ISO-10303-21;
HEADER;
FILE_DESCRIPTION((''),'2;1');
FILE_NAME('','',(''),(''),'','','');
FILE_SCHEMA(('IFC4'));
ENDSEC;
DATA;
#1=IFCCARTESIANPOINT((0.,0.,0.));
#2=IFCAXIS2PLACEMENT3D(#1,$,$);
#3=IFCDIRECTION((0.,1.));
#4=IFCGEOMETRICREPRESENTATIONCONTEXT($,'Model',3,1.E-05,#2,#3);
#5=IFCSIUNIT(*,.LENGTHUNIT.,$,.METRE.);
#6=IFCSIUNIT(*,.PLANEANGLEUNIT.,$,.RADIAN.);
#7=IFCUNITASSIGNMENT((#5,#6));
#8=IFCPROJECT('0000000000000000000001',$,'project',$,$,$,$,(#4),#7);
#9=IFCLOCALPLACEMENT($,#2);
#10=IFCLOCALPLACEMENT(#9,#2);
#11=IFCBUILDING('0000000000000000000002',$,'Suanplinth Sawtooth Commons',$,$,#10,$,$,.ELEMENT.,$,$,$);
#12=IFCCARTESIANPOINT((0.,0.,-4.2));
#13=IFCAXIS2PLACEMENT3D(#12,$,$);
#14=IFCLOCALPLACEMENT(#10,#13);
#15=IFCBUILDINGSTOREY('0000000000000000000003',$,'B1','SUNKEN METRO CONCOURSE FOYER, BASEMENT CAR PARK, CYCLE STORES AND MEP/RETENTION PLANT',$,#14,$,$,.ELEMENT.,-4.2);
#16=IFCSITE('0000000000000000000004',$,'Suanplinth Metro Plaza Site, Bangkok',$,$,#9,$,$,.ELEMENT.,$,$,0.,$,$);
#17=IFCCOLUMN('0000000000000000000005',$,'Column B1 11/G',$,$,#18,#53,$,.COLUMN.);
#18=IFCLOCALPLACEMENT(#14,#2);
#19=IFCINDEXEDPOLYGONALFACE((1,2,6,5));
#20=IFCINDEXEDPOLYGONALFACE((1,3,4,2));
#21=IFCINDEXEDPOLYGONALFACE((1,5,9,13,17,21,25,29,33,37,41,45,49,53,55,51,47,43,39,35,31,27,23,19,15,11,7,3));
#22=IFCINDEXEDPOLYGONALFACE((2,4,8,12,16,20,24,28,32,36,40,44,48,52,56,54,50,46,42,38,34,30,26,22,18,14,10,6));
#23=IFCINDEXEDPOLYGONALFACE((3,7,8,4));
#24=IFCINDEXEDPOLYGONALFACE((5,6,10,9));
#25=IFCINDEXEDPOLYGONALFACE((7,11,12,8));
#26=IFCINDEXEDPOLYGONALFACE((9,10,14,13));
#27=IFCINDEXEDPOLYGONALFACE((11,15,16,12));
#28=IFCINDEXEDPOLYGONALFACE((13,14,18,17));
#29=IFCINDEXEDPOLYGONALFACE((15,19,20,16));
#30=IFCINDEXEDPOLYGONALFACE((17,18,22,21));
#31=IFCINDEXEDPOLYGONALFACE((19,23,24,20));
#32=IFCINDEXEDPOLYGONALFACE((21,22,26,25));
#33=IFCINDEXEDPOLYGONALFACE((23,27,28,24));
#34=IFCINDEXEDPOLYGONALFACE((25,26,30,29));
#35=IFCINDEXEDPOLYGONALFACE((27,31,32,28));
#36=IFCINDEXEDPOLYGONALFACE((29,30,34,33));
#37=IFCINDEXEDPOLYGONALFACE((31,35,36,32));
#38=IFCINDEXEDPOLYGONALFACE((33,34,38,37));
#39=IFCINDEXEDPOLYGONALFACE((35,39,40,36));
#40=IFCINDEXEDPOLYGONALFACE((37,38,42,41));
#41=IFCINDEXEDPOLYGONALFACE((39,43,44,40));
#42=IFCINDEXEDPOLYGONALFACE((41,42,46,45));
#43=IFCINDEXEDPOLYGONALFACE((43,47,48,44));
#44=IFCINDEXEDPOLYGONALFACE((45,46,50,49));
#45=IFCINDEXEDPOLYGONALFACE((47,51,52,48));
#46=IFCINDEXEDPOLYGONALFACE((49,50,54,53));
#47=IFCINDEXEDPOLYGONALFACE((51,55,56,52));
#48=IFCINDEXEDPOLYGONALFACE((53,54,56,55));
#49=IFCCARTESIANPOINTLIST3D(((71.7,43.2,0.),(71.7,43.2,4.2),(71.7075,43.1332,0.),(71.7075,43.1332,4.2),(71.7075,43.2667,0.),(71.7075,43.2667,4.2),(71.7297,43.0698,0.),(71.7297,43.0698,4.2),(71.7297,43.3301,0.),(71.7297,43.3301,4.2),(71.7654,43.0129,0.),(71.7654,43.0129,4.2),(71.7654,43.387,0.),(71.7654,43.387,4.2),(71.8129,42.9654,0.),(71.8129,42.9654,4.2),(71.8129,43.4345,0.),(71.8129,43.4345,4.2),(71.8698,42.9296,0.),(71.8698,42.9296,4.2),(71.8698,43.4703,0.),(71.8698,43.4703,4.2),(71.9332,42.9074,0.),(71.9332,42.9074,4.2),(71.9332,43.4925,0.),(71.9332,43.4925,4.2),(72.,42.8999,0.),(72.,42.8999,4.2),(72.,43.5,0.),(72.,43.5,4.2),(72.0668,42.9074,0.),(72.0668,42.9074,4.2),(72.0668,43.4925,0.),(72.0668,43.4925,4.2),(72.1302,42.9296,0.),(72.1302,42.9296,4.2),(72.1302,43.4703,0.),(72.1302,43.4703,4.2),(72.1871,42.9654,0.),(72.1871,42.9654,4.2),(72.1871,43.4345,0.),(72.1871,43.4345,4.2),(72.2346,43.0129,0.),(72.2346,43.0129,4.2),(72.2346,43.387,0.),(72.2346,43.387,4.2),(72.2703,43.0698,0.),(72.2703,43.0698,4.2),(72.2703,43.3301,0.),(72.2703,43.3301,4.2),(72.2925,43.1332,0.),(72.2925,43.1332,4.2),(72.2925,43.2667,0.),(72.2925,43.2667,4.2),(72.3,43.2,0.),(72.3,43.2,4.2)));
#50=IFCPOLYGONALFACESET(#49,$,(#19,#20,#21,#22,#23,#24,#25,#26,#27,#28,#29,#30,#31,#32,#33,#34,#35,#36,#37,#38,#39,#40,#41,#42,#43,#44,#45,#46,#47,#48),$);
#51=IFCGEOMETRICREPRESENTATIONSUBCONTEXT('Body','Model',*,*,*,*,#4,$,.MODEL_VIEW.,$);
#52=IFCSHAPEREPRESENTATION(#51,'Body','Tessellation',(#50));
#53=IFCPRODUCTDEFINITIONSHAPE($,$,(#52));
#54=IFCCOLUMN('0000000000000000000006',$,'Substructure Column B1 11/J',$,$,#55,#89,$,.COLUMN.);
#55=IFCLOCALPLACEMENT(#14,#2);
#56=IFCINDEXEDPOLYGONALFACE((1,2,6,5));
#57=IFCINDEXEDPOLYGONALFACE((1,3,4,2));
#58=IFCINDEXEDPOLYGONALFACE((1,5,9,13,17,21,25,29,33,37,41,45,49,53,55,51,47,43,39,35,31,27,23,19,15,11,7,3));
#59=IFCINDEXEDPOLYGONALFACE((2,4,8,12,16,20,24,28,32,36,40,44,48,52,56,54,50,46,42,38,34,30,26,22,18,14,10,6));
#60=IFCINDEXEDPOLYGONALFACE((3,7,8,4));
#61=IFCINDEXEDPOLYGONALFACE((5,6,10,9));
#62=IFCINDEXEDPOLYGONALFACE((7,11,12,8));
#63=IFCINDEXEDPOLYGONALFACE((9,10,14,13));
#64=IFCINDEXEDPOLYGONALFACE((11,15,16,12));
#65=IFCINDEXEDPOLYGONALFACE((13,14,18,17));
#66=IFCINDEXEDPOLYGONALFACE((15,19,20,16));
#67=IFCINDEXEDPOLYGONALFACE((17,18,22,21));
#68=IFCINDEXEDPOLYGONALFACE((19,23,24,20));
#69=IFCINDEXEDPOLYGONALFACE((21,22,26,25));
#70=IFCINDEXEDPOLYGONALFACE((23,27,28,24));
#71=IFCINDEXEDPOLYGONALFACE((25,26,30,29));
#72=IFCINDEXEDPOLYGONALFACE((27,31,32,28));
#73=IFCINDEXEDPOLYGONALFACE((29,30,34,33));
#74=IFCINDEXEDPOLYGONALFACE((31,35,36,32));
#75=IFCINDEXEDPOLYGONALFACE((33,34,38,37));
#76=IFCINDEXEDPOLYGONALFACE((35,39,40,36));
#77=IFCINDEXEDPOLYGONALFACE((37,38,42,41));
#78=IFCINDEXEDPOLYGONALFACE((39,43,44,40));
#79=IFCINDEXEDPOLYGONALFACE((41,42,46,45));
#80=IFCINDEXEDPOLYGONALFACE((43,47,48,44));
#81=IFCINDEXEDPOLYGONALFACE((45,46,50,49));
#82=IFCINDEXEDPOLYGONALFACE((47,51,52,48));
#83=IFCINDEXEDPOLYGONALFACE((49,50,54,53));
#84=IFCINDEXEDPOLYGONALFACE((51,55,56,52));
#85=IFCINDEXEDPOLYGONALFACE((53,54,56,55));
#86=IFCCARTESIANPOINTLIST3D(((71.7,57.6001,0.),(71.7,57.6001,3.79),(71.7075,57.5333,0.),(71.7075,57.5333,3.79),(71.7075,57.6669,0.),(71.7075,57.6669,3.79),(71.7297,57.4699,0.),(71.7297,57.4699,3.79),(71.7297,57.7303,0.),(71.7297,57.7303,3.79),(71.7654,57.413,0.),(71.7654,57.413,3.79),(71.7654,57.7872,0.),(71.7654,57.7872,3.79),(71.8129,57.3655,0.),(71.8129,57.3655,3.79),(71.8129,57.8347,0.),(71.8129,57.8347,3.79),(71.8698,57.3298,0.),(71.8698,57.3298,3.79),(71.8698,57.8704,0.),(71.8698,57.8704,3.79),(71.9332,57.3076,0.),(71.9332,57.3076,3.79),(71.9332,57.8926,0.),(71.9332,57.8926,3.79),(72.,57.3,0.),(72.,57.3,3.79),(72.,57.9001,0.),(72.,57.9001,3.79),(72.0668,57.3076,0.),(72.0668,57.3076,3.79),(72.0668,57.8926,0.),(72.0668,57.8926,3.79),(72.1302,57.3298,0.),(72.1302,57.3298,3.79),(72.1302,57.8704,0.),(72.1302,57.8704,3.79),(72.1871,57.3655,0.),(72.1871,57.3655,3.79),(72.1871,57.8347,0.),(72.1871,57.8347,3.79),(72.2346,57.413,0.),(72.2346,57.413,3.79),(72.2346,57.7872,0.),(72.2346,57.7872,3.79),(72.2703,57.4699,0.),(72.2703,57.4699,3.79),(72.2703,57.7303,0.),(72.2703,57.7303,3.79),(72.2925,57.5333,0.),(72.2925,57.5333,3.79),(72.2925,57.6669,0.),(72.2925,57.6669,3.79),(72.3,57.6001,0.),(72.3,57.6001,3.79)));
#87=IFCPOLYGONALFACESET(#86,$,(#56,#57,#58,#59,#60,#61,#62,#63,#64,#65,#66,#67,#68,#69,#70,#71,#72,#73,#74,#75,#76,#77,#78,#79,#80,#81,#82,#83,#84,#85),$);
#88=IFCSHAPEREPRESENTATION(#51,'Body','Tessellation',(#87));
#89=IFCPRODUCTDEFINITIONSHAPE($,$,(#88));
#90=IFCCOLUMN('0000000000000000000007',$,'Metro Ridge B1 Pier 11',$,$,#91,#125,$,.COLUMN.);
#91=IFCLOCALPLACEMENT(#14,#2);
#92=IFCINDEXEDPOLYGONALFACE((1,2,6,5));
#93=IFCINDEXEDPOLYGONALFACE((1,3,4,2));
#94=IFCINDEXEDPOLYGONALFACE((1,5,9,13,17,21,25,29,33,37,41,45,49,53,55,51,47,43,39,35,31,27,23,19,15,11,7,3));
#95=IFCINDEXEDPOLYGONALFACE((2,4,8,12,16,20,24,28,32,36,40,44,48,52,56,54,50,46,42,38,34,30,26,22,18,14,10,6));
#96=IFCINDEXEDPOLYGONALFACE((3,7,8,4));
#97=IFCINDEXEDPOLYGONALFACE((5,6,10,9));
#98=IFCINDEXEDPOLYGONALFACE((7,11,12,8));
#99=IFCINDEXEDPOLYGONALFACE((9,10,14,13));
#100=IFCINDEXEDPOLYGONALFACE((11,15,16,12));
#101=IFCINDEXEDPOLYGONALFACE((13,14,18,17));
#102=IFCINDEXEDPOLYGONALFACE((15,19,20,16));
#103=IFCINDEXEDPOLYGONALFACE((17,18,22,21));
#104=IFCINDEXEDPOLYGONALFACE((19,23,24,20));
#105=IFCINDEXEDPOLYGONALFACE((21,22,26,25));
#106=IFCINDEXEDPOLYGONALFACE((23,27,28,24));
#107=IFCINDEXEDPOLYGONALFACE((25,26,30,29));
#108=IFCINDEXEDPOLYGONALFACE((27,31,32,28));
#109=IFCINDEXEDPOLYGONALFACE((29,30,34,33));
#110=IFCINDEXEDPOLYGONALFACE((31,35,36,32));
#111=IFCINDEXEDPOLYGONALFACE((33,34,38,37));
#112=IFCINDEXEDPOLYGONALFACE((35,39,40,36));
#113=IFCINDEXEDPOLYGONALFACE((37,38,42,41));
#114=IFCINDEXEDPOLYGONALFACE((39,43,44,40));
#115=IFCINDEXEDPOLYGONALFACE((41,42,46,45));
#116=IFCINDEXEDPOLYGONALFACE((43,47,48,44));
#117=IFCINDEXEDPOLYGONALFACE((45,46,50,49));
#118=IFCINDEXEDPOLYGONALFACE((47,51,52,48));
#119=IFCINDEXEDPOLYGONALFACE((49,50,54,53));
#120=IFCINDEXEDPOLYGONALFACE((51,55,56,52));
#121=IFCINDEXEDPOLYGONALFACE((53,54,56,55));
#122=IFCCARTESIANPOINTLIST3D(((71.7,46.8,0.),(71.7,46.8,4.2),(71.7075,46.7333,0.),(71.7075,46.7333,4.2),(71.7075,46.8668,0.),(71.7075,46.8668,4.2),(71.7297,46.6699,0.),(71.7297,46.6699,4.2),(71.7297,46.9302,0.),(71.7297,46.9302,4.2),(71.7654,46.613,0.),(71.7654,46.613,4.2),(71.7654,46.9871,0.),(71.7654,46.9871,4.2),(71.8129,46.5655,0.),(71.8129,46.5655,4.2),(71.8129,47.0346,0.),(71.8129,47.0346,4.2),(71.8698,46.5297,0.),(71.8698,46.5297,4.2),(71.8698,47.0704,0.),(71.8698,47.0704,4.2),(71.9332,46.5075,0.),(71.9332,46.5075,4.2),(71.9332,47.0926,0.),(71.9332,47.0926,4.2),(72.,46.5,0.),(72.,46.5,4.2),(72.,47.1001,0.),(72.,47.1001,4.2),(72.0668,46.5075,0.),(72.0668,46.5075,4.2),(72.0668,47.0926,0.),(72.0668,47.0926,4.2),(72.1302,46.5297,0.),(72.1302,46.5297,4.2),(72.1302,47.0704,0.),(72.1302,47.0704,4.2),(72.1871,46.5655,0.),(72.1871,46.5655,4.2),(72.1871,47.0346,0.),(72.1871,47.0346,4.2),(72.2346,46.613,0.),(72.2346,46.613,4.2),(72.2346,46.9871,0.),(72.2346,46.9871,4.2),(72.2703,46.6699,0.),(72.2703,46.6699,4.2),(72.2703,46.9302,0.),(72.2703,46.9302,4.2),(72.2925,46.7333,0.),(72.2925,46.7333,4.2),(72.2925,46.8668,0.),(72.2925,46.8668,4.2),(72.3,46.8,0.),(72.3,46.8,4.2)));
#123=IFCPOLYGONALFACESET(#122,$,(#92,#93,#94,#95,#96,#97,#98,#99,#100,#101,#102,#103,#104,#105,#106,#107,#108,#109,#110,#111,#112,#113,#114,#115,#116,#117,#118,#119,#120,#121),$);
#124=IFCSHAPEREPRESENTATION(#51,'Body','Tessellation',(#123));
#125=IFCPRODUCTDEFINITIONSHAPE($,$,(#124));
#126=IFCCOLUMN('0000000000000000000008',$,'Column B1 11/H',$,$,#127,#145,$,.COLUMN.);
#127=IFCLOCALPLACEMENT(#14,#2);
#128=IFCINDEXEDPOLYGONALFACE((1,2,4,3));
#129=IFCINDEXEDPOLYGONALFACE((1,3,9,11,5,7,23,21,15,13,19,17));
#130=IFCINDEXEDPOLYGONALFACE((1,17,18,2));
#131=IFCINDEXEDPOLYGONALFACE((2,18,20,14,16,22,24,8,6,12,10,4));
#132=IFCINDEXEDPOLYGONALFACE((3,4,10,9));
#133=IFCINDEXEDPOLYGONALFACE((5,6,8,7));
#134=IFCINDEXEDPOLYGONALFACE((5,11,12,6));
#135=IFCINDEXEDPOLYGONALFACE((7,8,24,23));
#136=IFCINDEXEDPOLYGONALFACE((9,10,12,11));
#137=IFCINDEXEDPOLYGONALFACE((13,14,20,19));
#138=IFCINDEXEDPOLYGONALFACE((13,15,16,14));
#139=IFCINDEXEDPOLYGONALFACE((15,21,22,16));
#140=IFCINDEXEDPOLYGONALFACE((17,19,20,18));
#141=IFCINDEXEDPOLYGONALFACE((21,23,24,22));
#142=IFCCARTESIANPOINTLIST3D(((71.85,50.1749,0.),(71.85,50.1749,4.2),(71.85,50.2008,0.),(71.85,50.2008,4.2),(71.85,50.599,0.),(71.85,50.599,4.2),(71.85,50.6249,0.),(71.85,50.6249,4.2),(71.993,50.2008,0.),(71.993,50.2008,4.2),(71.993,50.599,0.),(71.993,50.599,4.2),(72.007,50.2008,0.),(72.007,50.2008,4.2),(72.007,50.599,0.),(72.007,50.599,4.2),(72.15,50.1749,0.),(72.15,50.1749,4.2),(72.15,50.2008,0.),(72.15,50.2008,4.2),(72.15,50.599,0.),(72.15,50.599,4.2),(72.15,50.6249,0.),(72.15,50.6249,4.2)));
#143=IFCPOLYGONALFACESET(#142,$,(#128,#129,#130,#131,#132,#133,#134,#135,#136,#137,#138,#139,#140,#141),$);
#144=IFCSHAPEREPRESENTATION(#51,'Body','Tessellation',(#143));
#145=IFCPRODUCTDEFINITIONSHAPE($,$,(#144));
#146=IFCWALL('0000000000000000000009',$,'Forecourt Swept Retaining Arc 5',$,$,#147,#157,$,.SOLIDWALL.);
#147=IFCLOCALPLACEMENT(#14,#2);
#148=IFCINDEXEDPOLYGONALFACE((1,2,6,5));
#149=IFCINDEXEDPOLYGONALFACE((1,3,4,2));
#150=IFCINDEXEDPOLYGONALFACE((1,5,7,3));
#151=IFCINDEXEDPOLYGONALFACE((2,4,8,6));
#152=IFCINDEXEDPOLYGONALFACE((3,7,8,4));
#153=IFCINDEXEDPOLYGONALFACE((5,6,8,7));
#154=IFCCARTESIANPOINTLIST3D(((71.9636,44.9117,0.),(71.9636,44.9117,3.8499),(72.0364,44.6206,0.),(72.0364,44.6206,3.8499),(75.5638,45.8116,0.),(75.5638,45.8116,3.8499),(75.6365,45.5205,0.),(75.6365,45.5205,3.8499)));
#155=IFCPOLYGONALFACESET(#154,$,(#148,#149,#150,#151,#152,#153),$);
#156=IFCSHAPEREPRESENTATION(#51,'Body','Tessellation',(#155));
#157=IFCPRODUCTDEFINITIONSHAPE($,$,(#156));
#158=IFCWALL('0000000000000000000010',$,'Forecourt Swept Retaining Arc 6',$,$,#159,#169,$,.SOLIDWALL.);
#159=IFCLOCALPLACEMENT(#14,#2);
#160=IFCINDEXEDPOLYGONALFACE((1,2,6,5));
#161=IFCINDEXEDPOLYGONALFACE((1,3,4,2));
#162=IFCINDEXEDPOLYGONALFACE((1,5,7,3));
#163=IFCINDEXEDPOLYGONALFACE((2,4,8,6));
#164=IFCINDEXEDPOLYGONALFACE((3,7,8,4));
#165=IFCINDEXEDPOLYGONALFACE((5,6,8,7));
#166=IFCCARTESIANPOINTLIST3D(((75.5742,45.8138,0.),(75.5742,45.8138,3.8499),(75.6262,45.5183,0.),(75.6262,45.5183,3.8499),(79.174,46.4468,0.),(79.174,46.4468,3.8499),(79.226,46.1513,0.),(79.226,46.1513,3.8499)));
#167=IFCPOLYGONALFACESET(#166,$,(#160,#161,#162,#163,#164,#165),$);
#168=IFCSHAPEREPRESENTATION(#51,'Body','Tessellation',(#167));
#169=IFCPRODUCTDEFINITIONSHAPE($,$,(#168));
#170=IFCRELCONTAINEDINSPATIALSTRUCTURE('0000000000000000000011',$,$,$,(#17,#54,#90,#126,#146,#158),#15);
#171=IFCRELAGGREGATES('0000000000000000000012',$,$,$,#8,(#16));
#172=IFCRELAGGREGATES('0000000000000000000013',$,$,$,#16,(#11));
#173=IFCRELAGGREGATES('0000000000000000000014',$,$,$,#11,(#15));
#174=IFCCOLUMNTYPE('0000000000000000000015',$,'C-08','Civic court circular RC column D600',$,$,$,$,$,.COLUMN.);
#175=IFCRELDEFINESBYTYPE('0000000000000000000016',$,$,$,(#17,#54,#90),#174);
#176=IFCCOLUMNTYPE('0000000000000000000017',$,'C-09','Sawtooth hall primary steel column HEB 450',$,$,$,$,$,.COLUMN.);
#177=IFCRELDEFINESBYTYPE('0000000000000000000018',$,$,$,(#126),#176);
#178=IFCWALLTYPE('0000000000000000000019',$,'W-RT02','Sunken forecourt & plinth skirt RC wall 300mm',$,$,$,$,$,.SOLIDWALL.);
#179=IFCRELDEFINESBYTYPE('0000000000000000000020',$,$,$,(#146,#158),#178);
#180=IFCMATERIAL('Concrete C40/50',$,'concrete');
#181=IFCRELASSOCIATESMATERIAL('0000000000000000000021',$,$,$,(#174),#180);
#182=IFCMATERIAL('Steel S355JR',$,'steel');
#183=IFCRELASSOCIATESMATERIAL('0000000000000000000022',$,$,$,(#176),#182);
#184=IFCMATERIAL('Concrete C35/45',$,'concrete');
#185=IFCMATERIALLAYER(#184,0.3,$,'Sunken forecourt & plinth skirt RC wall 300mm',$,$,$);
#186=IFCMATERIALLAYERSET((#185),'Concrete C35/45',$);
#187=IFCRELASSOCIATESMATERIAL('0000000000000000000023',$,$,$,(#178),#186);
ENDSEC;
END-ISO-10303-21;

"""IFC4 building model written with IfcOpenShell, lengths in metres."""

from ifc_helpers import new_model, si_unit, direction, frame, frame_2d, origin, origin_2d, place, context, subcontext, project, spatial, rectangle, circle, i_section, extrude, material, layer, layer_set, material_profile, profile_set, type_object, element, save


model = new_model("IFC4")

# Units and contexts
model_context = context("Model", 3, precision=1e-05, world=origin(), true_north=direction((0.0, 1.0)))
body_context = subcontext(model_context, "Body", "Model", "MODEL_VIEW")
ifc_project = project(units=[si_unit("LENGTHUNIT", "METRE"), si_unit("PLANEANGLEUNIT", "RADIAN")], contexts=[model_context])

# Site, building, storey
site_placement = place(None, origin())
site = spatial("IfcSite", under=ifc_project, at=site_placement, Name="Suanplinth Metro Plaza Site, Bangkok", CompositionType="ELEMENT", RefElevation=0.0)
building_placement = place(site_placement, origin())
building = spatial("IfcBuilding", under=site, at=building_placement, Name="Suanplinth Sawtooth Commons", CompositionType="ELEMENT")
storey_placement = place(building_placement, frame((0.0, 0.0, -4.2)))
storey = spatial("IfcBuildingStorey", under=building, at=storey_placement, Name="B1", Description="SUNKEN METRO CONCOURSE FOYER, BASEMENT CAR PARK, CYCLE STORES AND MEP/RETENTION PLANT", CompositionType="ELEMENT", Elevation=-4.2)

# Shared definitions
ifc_material_1 = material(Name="Concrete C35/45", Category="concrete")

# Columns
ifc_material_2 = material(Name="Concrete C40/50", Category="concrete")
ifc_material_profile_1 = material_profile(ifc_material_2, circle(Radius=0.3, at=origin_2d()), Name="RC-CIRC D600")
ifc_profile_set_1 = profile_set([ifc_material_profile_1], Name="Concrete C40/50")
column_type_1 = type_object("IfcColumnType", Name="C-08", Description="Civic court circular RC column D600", PredefinedType="COLUMN", material=ifc_profile_set_1)
column_1_placement = place(storey_placement, frame((72.0, 43.2, 0.0), z_axis=(0.0, 0.0, 1.0), x_axis=(1.0, 0.0, 0.0)))
element("IfcColumn", 1, at=column_1_placement, inside=storey, type_object=column_type_1, Name="Column B1 11/G", PredefinedType="COLUMN", context=body_context, shape_type="SweptSolid", body=[
    extrude(circle(Radius=0.3, at=origin_2d()), origin(), (0.0, 0.0, 1.0), 4.2),
])
column_2_placement = place(storey_placement, frame((72.0, 57.6001, 0.0), z_axis=(0.0, 0.0, 1.0), x_axis=(1.0, 0.0, 0.0)))
element("IfcColumn", 2, at=column_2_placement, inside=storey, type_object=column_type_1, Name="Substructure Column B1 11/J", PredefinedType="COLUMN", context=body_context, shape_type="SweptSolid", body=[
    extrude(circle(Radius=0.3, at=origin_2d()), origin(), (0.0, 0.0, 1.0), 3.79),
])
column_3_placement = place(storey_placement, frame((72.0, 46.8, 0.0), z_axis=(0.0, 0.0, 1.0), x_axis=(1.0, 0.0, 0.0)))
element("IfcColumn", 3, at=column_3_placement, inside=storey, type_object=column_type_1, Name="Metro Ridge B1 Pier 11", PredefinedType="COLUMN", context=body_context, shape_type="SweptSolid", body=[
    extrude(circle(Radius=0.3, at=origin_2d()), origin(), (0.0, 0.0, 1.0), 4.2),
])
ifc_material_3 = material(Name="Steel S355JR", Category="steel")
ifc_material_profile_2 = material_profile(ifc_material_3, i_section(OverallWidth=0.3, OverallDepth=0.45, WebThickness=0.0139, FlangeThickness=0.0259, at=origin_2d()), Name="HEB 450")
ifc_profile_set_2 = profile_set([ifc_material_profile_2], Name="Steel S355JR")
column_type_2 = type_object("IfcColumnType", Name="C-09", Description="Sawtooth hall primary steel column HEB 450", PredefinedType="COLUMN", material=ifc_profile_set_2)
column_4_placement = place(storey_placement, frame((72.0, 50.3999, 0.0), z_axis=(0.0, 0.0, 1.0), x_axis=(1.0, 0.0, 0.0)))
element("IfcColumn", 4, at=column_4_placement, inside=storey, type_object=column_type_2, Name="Column B1 11/H", PredefinedType="COLUMN", context=body_context, shape_type="SweptSolid", body=[
    extrude(i_section(OverallWidth=0.3, OverallDepth=0.45, WebThickness=0.0139, FlangeThickness=0.0259, at=origin_2d()), origin(), (0.0, 0.0, 1.0), 4.2),
])

# Walls
ifc_layer = layer(ifc_material_1, 0.3, Name="Sunken forecourt & plinth skirt RC wall 300mm")
ifc_layer_set = layer_set([ifc_layer], Name="Concrete C35/45")
wall_type = type_object("IfcWallType", Name="W-RT02", Description="Sunken forecourt & plinth skirt RC wall 300mm", PredefinedType="SOLIDWALL", material=ifc_layer_set)
wall_1_placement = place(storey_placement, frame((72.0, 44.7661, 0.0), z_axis=(0.0, 0.0, 1.0), x_axis=(0.97015, 0.242505, 0.0)))
element("IfcWall", 5, at=wall_1_placement, inside=storey, type_object=wall_type, Name="Forecourt Swept Retaining Arc 5", PredefinedType="SOLIDWALL", context=body_context, shape_type="SweptSolid", body=[
    extrude(rectangle(XDim=3.7109, YDim=0.3, at=frame_2d((1.8555, 0.0))), origin(), (0.0, 0.0, 1.0), 3.8499),
])
wall_2_placement = place(storey_placement, frame((75.6001, 45.666, 0.0), z_axis=(0.0, 0.0, 1.0), x_axis=(0.984887, 0.173198, 0.0)))
element("IfcWall", 6, at=wall_2_placement, inside=storey, type_object=wall_type, Name="Forecourt Swept Retaining Arc 6", PredefinedType="SOLIDWALL", context=body_context, shape_type="SweptSolid", body=[
    extrude(rectangle(XDim=3.655, YDim=0.3, at=frame_2d((1.8276, 0.0))), origin(), (0.0, 0.0, 1.0), 3.8499),
])

save(model, "model.ifc")
